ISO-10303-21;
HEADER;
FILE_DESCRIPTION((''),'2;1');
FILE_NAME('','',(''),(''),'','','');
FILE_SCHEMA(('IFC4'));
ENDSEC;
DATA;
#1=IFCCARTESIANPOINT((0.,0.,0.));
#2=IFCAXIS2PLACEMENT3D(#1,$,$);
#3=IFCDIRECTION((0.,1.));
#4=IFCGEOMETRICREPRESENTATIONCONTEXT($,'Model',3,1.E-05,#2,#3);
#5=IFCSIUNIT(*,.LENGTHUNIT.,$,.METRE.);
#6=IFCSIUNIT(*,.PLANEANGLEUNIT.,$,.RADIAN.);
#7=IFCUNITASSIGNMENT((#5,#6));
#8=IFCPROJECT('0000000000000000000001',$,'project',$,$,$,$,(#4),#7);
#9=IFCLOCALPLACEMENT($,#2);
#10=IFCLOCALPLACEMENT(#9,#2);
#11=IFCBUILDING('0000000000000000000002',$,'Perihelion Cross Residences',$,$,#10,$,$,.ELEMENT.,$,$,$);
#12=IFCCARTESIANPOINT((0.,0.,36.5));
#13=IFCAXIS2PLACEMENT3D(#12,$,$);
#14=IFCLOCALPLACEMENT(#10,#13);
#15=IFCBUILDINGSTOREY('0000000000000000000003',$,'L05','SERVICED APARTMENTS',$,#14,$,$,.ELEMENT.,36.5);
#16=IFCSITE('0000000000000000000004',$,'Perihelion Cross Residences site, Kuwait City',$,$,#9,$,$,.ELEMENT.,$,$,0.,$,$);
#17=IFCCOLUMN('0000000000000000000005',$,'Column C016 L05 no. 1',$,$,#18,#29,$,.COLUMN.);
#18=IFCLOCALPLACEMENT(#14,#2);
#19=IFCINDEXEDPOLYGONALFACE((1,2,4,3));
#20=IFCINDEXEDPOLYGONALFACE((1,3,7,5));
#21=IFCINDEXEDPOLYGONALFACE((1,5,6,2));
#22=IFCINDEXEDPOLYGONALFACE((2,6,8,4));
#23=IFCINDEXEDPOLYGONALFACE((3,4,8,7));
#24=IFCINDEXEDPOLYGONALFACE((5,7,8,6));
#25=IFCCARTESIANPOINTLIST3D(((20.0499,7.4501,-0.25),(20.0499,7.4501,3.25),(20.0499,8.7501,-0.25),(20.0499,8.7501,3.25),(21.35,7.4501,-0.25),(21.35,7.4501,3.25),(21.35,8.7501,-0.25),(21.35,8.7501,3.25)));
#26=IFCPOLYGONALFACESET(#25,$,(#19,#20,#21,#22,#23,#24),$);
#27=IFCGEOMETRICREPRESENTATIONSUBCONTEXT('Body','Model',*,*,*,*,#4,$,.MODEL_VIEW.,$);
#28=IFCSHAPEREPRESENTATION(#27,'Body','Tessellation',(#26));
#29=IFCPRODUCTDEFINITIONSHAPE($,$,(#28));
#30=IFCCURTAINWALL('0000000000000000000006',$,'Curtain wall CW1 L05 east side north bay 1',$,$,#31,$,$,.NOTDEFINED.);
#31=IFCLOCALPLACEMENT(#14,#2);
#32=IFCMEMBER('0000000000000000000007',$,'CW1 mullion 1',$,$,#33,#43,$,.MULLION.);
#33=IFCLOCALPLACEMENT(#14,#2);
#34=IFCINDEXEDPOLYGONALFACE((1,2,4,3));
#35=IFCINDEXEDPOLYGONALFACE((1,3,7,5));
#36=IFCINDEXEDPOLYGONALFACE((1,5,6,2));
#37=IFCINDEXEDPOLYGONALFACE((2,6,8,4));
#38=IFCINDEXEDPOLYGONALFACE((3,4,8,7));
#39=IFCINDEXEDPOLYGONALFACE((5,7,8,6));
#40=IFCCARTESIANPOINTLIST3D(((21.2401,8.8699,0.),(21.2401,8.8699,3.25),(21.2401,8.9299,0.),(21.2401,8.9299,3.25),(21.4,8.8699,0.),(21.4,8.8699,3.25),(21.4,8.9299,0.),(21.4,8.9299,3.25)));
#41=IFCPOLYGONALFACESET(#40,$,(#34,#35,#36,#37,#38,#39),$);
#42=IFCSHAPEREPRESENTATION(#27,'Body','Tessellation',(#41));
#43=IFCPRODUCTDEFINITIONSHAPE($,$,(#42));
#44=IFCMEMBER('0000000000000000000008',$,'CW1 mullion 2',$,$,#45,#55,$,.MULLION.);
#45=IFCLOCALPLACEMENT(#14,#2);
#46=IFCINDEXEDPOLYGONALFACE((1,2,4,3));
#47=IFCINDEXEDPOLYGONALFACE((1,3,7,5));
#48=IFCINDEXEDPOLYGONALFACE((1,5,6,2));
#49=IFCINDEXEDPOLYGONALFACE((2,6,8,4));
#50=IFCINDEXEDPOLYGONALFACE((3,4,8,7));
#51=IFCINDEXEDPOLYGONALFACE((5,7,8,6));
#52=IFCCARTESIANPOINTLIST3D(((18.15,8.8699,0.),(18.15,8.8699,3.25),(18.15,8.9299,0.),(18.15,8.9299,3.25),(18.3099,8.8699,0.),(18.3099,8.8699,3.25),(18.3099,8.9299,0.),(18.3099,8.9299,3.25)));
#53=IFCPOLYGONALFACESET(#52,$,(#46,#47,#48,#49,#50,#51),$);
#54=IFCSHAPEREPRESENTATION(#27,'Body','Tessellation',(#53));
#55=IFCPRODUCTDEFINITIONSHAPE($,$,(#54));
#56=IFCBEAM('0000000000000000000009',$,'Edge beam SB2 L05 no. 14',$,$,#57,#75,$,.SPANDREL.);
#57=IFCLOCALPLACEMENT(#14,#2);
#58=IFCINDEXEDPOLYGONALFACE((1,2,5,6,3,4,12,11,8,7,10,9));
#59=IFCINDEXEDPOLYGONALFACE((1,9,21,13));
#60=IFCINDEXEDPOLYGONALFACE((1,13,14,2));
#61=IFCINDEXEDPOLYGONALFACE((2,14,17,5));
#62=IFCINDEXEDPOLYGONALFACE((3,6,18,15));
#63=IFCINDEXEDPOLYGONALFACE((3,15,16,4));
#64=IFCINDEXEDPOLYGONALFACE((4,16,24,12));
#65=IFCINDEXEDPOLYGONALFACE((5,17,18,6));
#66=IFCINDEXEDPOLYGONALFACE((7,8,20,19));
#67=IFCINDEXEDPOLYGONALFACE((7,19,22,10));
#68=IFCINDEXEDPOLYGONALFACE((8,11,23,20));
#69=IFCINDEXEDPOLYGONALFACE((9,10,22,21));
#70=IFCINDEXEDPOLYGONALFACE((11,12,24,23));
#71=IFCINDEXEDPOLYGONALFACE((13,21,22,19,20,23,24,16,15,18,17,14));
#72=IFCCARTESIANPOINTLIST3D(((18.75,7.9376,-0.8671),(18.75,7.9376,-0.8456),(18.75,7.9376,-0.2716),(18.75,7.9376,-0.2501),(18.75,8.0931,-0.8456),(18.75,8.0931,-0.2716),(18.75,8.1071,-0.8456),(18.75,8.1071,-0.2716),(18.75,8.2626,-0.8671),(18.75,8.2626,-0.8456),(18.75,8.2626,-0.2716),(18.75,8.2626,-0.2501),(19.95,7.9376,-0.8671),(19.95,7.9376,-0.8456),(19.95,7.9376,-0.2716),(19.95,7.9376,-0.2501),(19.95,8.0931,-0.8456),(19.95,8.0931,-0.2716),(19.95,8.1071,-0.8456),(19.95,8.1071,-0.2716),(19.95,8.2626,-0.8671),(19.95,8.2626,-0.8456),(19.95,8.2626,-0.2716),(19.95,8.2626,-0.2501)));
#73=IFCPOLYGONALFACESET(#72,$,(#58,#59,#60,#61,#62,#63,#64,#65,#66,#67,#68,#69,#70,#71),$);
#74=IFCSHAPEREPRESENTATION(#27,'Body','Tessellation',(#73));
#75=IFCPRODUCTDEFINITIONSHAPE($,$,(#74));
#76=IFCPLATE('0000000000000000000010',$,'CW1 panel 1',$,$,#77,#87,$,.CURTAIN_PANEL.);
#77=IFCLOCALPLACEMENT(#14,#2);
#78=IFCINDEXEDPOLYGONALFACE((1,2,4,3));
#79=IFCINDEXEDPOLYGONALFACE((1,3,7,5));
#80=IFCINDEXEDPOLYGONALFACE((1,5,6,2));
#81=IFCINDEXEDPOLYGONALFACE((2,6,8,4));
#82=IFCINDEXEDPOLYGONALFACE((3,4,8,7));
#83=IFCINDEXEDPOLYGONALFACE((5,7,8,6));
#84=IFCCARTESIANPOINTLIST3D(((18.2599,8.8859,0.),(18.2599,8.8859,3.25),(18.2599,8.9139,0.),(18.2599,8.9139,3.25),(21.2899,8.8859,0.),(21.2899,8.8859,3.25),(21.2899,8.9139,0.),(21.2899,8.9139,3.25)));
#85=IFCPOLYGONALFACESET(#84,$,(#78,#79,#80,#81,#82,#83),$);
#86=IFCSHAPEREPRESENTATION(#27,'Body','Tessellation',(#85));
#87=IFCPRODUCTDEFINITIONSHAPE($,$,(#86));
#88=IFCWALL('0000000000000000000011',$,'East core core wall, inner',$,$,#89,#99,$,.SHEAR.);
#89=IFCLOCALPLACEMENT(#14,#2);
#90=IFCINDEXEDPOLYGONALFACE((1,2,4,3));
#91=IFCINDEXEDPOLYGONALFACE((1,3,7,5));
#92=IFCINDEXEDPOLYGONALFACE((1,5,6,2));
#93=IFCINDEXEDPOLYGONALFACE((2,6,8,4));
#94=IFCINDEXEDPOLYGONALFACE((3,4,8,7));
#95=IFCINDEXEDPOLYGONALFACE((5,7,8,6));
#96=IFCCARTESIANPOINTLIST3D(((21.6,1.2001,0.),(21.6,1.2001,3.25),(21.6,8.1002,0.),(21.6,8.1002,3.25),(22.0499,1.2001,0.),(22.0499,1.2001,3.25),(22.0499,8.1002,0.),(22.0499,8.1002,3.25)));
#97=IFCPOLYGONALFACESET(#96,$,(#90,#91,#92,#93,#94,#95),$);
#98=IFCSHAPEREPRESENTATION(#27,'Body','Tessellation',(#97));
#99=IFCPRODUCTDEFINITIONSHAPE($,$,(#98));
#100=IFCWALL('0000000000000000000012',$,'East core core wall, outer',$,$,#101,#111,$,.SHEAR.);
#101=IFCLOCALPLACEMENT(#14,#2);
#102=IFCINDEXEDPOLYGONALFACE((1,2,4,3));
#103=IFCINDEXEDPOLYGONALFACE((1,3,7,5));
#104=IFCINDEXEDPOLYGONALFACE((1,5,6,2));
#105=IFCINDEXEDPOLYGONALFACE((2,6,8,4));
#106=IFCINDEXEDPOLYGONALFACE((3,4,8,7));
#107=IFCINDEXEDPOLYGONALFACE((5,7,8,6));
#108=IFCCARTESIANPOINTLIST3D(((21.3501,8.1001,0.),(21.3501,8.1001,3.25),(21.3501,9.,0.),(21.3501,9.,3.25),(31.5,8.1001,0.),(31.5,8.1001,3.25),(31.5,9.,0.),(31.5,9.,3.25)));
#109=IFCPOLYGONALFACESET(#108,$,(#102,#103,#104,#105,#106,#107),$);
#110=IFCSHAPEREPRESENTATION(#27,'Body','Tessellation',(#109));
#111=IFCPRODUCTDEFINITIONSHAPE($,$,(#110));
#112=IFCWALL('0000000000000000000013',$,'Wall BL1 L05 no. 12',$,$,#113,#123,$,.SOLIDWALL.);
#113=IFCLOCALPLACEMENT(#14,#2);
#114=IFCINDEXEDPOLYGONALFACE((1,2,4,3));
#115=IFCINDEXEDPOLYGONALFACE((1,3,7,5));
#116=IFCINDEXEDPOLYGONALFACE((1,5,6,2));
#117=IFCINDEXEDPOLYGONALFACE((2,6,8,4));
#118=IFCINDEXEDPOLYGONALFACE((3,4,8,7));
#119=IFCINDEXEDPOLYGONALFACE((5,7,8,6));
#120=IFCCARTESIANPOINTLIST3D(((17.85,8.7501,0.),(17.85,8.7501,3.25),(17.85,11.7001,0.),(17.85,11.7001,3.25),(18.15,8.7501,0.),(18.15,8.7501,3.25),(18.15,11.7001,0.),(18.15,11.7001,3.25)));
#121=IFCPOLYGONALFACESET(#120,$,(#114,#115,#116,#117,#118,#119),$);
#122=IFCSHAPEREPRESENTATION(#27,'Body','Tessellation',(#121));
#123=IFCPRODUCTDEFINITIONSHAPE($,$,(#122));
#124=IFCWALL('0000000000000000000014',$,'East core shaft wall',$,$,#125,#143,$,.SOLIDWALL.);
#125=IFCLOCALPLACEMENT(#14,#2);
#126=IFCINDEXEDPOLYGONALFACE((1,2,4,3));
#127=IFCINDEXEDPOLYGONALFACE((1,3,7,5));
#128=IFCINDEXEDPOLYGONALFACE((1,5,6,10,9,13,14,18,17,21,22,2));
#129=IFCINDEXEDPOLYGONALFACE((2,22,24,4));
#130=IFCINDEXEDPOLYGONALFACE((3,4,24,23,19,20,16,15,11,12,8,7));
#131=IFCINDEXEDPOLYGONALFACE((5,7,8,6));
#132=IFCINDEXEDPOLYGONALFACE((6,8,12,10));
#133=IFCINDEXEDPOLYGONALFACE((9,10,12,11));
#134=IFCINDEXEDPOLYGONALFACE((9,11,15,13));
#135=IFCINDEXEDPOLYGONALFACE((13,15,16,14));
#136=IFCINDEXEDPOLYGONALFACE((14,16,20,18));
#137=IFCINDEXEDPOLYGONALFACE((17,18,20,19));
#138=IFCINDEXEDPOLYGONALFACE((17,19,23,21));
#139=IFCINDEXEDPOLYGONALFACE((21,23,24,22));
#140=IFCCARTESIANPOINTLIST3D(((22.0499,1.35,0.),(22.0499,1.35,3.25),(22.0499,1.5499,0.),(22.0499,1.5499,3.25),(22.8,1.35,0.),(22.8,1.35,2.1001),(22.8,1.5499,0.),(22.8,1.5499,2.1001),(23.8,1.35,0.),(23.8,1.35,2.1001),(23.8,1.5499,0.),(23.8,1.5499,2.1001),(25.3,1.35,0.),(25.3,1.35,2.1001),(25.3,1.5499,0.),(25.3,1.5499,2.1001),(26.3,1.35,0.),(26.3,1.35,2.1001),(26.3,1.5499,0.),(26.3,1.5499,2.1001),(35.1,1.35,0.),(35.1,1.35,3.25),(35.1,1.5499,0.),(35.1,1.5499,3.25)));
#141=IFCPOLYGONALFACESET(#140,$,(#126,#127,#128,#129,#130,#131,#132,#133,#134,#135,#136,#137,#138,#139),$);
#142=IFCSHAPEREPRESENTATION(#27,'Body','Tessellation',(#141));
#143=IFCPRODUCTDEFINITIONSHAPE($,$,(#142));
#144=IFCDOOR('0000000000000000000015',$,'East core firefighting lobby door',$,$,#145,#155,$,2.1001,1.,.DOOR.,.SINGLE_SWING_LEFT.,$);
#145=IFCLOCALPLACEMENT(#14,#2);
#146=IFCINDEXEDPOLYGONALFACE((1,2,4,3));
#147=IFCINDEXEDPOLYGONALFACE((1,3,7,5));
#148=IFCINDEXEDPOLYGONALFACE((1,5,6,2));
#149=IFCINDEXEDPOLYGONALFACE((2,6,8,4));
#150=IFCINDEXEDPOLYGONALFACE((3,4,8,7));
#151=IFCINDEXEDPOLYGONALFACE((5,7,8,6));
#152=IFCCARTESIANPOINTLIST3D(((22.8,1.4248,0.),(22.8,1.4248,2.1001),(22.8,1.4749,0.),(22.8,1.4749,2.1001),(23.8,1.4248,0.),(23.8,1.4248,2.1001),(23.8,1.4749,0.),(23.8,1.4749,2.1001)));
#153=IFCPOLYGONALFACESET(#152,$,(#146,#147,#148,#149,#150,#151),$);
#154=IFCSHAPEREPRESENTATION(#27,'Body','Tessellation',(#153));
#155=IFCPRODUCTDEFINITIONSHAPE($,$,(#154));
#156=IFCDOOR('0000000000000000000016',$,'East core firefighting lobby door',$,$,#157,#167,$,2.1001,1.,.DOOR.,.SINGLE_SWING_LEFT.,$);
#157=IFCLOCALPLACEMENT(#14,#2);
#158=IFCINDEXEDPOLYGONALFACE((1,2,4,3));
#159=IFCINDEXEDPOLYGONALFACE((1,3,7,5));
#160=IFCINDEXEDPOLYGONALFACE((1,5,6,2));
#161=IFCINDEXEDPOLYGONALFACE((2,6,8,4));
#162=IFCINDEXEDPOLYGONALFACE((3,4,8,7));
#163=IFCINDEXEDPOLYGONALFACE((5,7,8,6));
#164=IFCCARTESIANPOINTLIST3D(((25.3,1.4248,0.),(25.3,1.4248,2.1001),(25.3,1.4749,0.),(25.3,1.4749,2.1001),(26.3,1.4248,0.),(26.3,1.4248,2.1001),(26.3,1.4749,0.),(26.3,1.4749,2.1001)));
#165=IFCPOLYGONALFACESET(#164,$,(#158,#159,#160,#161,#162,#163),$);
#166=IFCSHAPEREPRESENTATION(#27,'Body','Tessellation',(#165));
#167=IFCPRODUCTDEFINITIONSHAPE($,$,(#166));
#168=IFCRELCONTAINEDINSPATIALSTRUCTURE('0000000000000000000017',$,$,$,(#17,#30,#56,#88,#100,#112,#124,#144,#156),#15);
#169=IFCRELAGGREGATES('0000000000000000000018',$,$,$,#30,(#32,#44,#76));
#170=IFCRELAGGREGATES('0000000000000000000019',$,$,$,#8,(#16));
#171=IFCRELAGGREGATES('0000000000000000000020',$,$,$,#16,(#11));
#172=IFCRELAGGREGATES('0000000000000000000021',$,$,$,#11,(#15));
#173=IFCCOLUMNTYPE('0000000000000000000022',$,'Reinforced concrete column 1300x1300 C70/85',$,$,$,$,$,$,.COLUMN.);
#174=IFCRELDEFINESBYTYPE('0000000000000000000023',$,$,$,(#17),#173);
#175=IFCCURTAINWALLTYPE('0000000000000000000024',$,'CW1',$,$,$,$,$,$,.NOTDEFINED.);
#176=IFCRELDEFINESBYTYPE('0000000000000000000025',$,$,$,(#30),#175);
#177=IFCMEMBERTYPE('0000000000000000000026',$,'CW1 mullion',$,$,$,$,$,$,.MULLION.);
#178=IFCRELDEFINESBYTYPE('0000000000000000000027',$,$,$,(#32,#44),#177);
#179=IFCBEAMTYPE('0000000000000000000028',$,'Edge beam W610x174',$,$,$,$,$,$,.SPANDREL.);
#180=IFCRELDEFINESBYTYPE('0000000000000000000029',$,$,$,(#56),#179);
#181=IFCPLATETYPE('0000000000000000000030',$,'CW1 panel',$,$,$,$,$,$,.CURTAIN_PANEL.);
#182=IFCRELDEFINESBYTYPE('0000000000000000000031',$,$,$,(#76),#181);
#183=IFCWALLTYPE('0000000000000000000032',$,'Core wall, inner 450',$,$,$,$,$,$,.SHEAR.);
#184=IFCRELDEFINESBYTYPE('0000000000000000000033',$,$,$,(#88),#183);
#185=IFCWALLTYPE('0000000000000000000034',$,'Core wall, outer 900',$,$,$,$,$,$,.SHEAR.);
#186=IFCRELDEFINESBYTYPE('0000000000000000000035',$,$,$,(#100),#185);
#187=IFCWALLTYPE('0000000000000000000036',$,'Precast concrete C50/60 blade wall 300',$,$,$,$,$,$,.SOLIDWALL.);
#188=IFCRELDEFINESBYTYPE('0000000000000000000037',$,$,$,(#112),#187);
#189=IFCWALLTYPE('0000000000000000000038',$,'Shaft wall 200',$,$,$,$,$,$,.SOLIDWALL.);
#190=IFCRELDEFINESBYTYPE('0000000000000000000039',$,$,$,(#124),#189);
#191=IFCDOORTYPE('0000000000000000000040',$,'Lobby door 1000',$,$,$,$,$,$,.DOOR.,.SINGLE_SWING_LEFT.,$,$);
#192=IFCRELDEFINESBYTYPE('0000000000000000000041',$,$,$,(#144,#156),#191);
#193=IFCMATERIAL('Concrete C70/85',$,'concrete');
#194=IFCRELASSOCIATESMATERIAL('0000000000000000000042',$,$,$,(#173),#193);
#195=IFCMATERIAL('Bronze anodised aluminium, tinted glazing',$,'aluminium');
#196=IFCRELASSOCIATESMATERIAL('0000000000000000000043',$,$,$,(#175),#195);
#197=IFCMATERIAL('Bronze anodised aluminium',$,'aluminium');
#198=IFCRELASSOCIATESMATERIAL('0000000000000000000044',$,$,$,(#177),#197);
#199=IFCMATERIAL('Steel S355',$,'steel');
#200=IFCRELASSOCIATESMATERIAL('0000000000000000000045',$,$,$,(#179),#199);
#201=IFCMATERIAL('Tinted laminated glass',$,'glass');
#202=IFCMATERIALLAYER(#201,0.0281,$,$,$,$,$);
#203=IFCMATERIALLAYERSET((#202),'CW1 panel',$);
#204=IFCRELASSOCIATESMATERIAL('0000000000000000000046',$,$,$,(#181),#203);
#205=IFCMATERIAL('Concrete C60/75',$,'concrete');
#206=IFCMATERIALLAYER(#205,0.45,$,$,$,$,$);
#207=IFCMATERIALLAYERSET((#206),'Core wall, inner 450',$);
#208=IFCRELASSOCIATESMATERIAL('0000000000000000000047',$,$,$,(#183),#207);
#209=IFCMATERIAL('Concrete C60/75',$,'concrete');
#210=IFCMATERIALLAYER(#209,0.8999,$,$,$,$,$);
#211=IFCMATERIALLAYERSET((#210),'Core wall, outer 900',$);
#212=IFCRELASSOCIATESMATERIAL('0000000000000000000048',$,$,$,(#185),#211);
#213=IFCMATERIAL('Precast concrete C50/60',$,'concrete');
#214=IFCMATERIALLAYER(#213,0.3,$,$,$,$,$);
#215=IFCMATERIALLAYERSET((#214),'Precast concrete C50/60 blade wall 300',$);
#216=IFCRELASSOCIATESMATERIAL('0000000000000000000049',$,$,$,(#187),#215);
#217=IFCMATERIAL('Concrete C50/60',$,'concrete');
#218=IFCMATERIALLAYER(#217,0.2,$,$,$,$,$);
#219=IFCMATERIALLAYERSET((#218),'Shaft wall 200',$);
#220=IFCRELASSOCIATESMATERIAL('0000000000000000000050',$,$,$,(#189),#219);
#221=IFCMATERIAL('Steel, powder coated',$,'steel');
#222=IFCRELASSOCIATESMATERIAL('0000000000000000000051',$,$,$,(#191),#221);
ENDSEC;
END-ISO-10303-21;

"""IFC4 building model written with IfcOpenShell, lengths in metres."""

from ifc_helpers import new_model, si_unit, direction, frame, frame_2d, origin, origin_2d, place, context, subcontext, project, spatial, rectangle, i_section, extrude, material, layer, layer_set, material_profile, profile_set, type_object, element, fill, aggregate, save


model = new_model("IFC4")

# Units and contexts
model_context = context("Model", 3, precision=1e-05, world=origin(), true_north=direction((0.0, 1.0)))
body_context = subcontext(model_context, "Body", "Model", "MODEL_VIEW")
ifc_project = project(units=[si_unit("LENGTHUNIT", "METRE"), si_unit("PLANEANGLEUNIT", "RADIAN")], contexts=[model_context])

# Site, building, storey
site_placement = place(None, origin())
site = spatial("IfcSite", under=ifc_project, at=site_placement, Name="Perihelion Cross Residences site, Kuwait City", CompositionType="ELEMENT", RefElevation=0.0)
building_placement = place(site_placement, origin())
building = spatial("IfcBuilding", under=site, at=building_placement, Name="Perihelion Cross Residences", CompositionType="ELEMENT")
storey_placement = place(building_placement, frame((0.0, 0.0, 36.5)))
storey = spatial("IfcBuildingStorey", under=building, at=storey_placement, Name="L05", Description="SERVICED APARTMENTS", CompositionType="ELEMENT", Elevation=36.5)

# Column
ifc_material_1 = material(Name="Concrete C70/85", Category="concrete")
ifc_material_profile_1 = material_profile(ifc_material_1, rectangle(XDim=1.3, YDim=1.3, at=origin_2d()), Name="RC 1300x1300")
ifc_profile_set_1 = profile_set([ifc_material_profile_1], Name="Concrete C70/85")
column_type = type_object("IfcColumnType", Name="Reinforced concrete column 1300x1300 C70/85", PredefinedType="COLUMN", material=ifc_profile_set_1)
column_placement = place(storey_placement, frame((20.7, 8.1001, -0.25), z_axis=(0.0, 0.0, 1.0), x_axis=(1.0, 0.0, 0.0)))
element("IfcColumn", 1, at=column_placement, inside=storey, type_object=column_type, Name="Column C016 L05 no. 1", PredefinedType="COLUMN", context=body_context, shape_type="SweptSolid", body=[
    extrude(rectangle(XDim=1.3, YDim=1.3, at=origin_2d()), origin(), (0.0, 0.0, 1.0), 3.5),
])

# Curtain wall, members
ifc_material_2 = material(Name="Bronze anodised aluminium, tinted glazing", Category="aluminium")
curtain_wall_type = type_object("IfcCurtainWallType", Name="CW1", PredefinedType="NOTDEFINED", material=ifc_material_2)
curtain_wall_placement = place(storey_placement, origin())
curtain_wall = element("IfcCurtainWall", 2, at=curtain_wall_placement, inside=storey, type_object=curtain_wall_type, Name="Curtain wall CW1 L05 east side north bay 1", PredefinedType="NOTDEFINED")
ifc_material_3 = material(Name="Bronze anodised aluminium", Category="aluminium")
ifc_material_profile_2 = material_profile(ifc_material_3, rectangle(XDim=0.0601, YDim=0.1599, at=origin_2d()), Name="CW1 mullion")
ifc_profile_set_2 = profile_set([ifc_material_profile_2], Name="Bronze anodised aluminium")
member_type = type_object("IfcMemberType", Name="CW1 mullion", PredefinedType="MULLION", material=ifc_profile_set_2)
member_1_placement = place(storey_placement, frame((21.3201, 8.8999, 0.0), z_axis=(0.0, 0.0, 1.0), x_axis=(0.0, -1.0, 0.0)))
member_1 = element("IfcMember", 3, at=member_1_placement, type_object=member_type, Name="CW1 mullion 1", PredefinedType="MULLION", context=body_context, shape_type="SweptSolid", body=[
    extrude(rectangle(XDim=0.0601, YDim=0.1599, at=origin_2d()), origin(), (0.0, 0.0, 1.0), 3.25),
])
member_2_placement = place(storey_placement, frame((18.23, 8.8999, 0.0), z_axis=(0.0, 0.0, 1.0), x_axis=(0.0, -1.0, 0.0)))
member_2 = element("IfcMember", 4, at=member_2_placement, type_object=member_type, Name="CW1 mullion 2", PredefinedType="MULLION", context=body_context, shape_type="SweptSolid", body=[
    extrude(rectangle(XDim=0.0601, YDim=0.1599, at=origin_2d()), origin(), (0.0, 0.0, 1.0), 3.25),
])

# Beam
ifc_material_4 = material(Name="Steel S355", Category="steel")
ifc_material_profile_3 = material_profile(ifc_material_4, i_section(OverallWidth=0.325, OverallDepth=0.6169, WebThickness=0.0139, FlangeThickness=0.0215, at=origin_2d()), Name="W610x174")
ifc_profile_set_3 = profile_set([ifc_material_profile_3], Name="Steel S355")
beam_type = type_object("IfcBeamType", Name="Edge beam W610x174", PredefinedType="SPANDREL", material=ifc_profile_set_3)
beam_placement = place(storey_placement, frame((19.95, 8.1001, -0.5586), z_axis=(-1.0, 0.0, 0.0), x_axis=(0.0, -1.0, 0.0)))
element("IfcBeam", 5, at=beam_placement, inside=storey, type_object=beam_type, Name="Edge beam SB2 L05 no. 14", PredefinedType="SPANDREL", context=body_context, shape_type="SweptSolid", body=[
    extrude(i_section(OverallWidth=0.325, OverallDepth=0.6169, WebThickness=0.0139, FlangeThickness=0.0215, at=origin_2d()), origin(), (0.0, 0.0, 1.0), 1.2),
])

# Plate
ifc_material_5 = material(Name="Tinted laminated glass", Category="glass")
ifc_layer_1 = layer(ifc_material_5, 0.0281)
ifc_layer_set_1 = layer_set([ifc_layer_1], Name="CW1 panel")
plate_type = type_object("IfcPlateType", Name="CW1 panel", PredefinedType="CURTAIN_PANEL", material=ifc_layer_set_1)
plate_placement = place(storey_placement, frame((19.7749, 8.8999, 0.0), z_axis=(0.0, 0.0, 1.0), x_axis=(-1.0, 0.0, 0.0)))
plate = element("IfcPlate", 6, at=plate_placement, type_object=plate_type, Name="CW1 panel 1", PredefinedType="CURTAIN_PANEL", context=body_context, shape_type="SweptSolid", body=[
    extrude(rectangle(XDim=3.03, YDim=0.0281, at=origin_2d()), origin(), (0.0, 0.0, 1.0), 3.25),
])
aggregate(curtain_wall, [member_1, member_2, plate])

# Walls
ifc_material_6 = material(Name="Concrete C60/75", Category="concrete")
ifc_layer_2 = layer(ifc_material_6, 0.45)
ifc_layer_set_2 = layer_set([ifc_layer_2], Name="Core wall, inner 450")
wall_type_1 = type_object("IfcWallType", Name="Core wall, inner 450", PredefinedType="SHEAR", material=ifc_layer_set_2)
wall_1_placement = place(storey_placement, frame((21.825, 1.2, 0.0), z_axis=(0.0, 0.0, 1.0), x_axis=(0.0, 1.0, 0.0)))
element("IfcWall", 7, at=wall_1_placement, inside=storey, type_object=wall_type_1, Name="East core core wall, inner", PredefinedType="SHEAR", context=body_context, shape_type="SweptSolid", body=[
    extrude(rectangle(XDim=6.9001, YDim=0.45, at=frame_2d((3.4502, 0.0))), origin(), (0.0, 0.0, 1.0), 3.25),
])
ifc_material_7 = material(Name="Concrete C60/75", Category="concrete")
ifc_layer_3 = layer(ifc_material_7, 0.8999)
ifc_layer_set_3 = layer_set([ifc_layer_3], Name="Core wall, outer 900")
wall_type_2 = type_object("IfcWallType", Name="Core wall, outer 900", PredefinedType="SHEAR", material=ifc_layer_set_3)
wall_2_placement = place(storey_placement, frame((21.3501, 8.55, 0.0), z_axis=(0.0, 0.0, 1.0), x_axis=(1.0, 0.0, 0.0)))
element("IfcWall", 8, at=wall_2_placement, inside=storey, type_object=wall_type_2, Name="East core core wall, outer", PredefinedType="SHEAR", context=body_context, shape_type="SweptSolid", body=[
    extrude(rectangle(XDim=10.1499, YDim=0.8999, at=frame_2d((5.075, 0.0))), origin(), (0.0, 0.0, 1.0), 3.25),
])
ifc_material_8 = material(Name="Precast concrete C50/60", Category="concrete")
ifc_layer_4 = layer(ifc_material_8, 0.3)
ifc_layer_set_4 = layer_set([ifc_layer_4], Name="Precast concrete C50/60 blade wall 300")
wall_type_3 = type_object("IfcWallType", Name="Precast concrete C50/60 blade wall 300", PredefinedType="SOLIDWALL", material=ifc_layer_set_4)
wall_3_placement = place(storey_placement, frame((18.0, 8.75, 0.0), z_axis=(0.0, 0.0, 1.0), x_axis=(0.0, 1.0, 0.0)))
element("IfcWall", 9, at=wall_3_placement, inside=storey, type_object=wall_type_3, Name="Wall BL1 L05 no. 12", PredefinedType="SOLIDWALL", context=body_context, shape_type="SweptSolid", body=[
    extrude(rectangle(XDim=2.95, YDim=0.3, at=frame_2d((1.4751, 0.0))), origin(), (0.0, 0.0, 1.0), 3.25),
])

# Wall, openings, doors
ifc_material_9 = material(Name="Concrete C50/60", Category="concrete")
ifc_layer_5 = layer(ifc_material_9, 0.2)
ifc_layer_set_5 = layer_set([ifc_layer_5], Name="Shaft wall 200")
wall_type_4 = type_object("IfcWallType", Name="Shaft wall 200", PredefinedType="SOLIDWALL", material=ifc_layer_set_5)
wall_4_placement = place(storey_placement, frame((22.05, 1.45, 0.0), z_axis=(0.0, 0.0, 1.0), x_axis=(1.0, 0.0, 0.0)))
wall_4 = element("IfcWall", 10, at=wall_4_placement, inside=storey, type_object=wall_type_4, Name="East core shaft wall", PredefinedType="SOLIDWALL", context=body_context, shape_type="SweptSolid", body=[
    extrude(rectangle(XDim=13.05, YDim=0.2, at=frame_2d((6.5249, 0.0))), origin(), (0.0, 0.0, 1.0), 3.25),
])
opening_1_placement = place(wall_4_placement, frame((0.75, 0.0, 0.0)))
opening_1 = element("IfcOpeningElement", 11, at=opening_1_placement, cuts=wall_4, PredefinedType="OPENING", context=body_context, shape_type="SweptSolid", body=[
    extrude(rectangle(XDim=1.0, YDim=2.1001, at=frame_2d((0.5, 1.05))), frame((0.0, 0.1099, 0.0), z_axis=(0.0, -1.0, 0.0), x_axis=(1.0, 0.0, 0.0)), (0.0, 0.0, 1.0), 0.22),
])
opening_2_placement = place(wall_4_placement, frame((3.25, 0.0, 0.0)))
opening_2 = element("IfcOpeningElement", 12, at=opening_2_placement, cuts=wall_4, PredefinedType="OPENING", context=body_context, shape_type="SweptSolid", body=[
    extrude(rectangle(XDim=1.0, YDim=2.1001, at=frame_2d((0.5, 1.05))), frame((0.0, 0.1099, 0.0), z_axis=(0.0, -1.0, 0.0), x_axis=(1.0, 0.0, 0.0)), (0.0, 0.0, 1.0), 0.22),
])
ifc_material_10 = material(Name="Steel, powder coated", Category="steel")
door_type_1 = type_object("IfcDoorType", Name="Lobby door 1000", OperationType="SINGLE_SWING_LEFT", PredefinedType="DOOR", material=ifc_material_10)
door_1_placement = place(opening_1_placement, origin())
door_1 = element("IfcDoor", 13, at=door_1_placement, inside=storey, type_object=door_type_1, Name="East core firefighting lobby door", OperationType="SINGLE_SWING_LEFT", OverallHeight=2.1001, OverallWidth=1.0, PredefinedType="DOOR", context=body_context, shape_type="SweptSolid", body=[
    extrude(rectangle(XDim=1.0, YDim=2.1001, at=frame_2d((0.5, 1.05))), frame((0.0, 0.0249, 0.0), z_axis=(0.0, -1.0, 0.0), x_axis=(1.0, 0.0, 0.0)), (0.0, 0.0, 1.0), 0.05),
])
fill(opening_1, door_1)
door_2_placement = place(opening_2_placement, origin())
door_2 = element("IfcDoor", 14, at=door_2_placement, inside=storey, type_object=door_type_1, Name="East core firefighting lobby door", OperationType="SINGLE_SWING_LEFT", OverallHeight=2.1001, OverallWidth=1.0, PredefinedType="DOOR", context=body_context, shape_type="SweptSolid", body=[
    extrude(rectangle(XDim=1.0, YDim=2.1001, at=frame_2d((0.5, 1.05))), frame((0.0, 0.0249, 0.0), z_axis=(0.0, -1.0, 0.0), x_axis=(1.0, 0.0, 0.0)), (0.0, 0.0, 1.0), 0.05),
])
fill(opening_2, door_2)

save(model, "model.ifc")
